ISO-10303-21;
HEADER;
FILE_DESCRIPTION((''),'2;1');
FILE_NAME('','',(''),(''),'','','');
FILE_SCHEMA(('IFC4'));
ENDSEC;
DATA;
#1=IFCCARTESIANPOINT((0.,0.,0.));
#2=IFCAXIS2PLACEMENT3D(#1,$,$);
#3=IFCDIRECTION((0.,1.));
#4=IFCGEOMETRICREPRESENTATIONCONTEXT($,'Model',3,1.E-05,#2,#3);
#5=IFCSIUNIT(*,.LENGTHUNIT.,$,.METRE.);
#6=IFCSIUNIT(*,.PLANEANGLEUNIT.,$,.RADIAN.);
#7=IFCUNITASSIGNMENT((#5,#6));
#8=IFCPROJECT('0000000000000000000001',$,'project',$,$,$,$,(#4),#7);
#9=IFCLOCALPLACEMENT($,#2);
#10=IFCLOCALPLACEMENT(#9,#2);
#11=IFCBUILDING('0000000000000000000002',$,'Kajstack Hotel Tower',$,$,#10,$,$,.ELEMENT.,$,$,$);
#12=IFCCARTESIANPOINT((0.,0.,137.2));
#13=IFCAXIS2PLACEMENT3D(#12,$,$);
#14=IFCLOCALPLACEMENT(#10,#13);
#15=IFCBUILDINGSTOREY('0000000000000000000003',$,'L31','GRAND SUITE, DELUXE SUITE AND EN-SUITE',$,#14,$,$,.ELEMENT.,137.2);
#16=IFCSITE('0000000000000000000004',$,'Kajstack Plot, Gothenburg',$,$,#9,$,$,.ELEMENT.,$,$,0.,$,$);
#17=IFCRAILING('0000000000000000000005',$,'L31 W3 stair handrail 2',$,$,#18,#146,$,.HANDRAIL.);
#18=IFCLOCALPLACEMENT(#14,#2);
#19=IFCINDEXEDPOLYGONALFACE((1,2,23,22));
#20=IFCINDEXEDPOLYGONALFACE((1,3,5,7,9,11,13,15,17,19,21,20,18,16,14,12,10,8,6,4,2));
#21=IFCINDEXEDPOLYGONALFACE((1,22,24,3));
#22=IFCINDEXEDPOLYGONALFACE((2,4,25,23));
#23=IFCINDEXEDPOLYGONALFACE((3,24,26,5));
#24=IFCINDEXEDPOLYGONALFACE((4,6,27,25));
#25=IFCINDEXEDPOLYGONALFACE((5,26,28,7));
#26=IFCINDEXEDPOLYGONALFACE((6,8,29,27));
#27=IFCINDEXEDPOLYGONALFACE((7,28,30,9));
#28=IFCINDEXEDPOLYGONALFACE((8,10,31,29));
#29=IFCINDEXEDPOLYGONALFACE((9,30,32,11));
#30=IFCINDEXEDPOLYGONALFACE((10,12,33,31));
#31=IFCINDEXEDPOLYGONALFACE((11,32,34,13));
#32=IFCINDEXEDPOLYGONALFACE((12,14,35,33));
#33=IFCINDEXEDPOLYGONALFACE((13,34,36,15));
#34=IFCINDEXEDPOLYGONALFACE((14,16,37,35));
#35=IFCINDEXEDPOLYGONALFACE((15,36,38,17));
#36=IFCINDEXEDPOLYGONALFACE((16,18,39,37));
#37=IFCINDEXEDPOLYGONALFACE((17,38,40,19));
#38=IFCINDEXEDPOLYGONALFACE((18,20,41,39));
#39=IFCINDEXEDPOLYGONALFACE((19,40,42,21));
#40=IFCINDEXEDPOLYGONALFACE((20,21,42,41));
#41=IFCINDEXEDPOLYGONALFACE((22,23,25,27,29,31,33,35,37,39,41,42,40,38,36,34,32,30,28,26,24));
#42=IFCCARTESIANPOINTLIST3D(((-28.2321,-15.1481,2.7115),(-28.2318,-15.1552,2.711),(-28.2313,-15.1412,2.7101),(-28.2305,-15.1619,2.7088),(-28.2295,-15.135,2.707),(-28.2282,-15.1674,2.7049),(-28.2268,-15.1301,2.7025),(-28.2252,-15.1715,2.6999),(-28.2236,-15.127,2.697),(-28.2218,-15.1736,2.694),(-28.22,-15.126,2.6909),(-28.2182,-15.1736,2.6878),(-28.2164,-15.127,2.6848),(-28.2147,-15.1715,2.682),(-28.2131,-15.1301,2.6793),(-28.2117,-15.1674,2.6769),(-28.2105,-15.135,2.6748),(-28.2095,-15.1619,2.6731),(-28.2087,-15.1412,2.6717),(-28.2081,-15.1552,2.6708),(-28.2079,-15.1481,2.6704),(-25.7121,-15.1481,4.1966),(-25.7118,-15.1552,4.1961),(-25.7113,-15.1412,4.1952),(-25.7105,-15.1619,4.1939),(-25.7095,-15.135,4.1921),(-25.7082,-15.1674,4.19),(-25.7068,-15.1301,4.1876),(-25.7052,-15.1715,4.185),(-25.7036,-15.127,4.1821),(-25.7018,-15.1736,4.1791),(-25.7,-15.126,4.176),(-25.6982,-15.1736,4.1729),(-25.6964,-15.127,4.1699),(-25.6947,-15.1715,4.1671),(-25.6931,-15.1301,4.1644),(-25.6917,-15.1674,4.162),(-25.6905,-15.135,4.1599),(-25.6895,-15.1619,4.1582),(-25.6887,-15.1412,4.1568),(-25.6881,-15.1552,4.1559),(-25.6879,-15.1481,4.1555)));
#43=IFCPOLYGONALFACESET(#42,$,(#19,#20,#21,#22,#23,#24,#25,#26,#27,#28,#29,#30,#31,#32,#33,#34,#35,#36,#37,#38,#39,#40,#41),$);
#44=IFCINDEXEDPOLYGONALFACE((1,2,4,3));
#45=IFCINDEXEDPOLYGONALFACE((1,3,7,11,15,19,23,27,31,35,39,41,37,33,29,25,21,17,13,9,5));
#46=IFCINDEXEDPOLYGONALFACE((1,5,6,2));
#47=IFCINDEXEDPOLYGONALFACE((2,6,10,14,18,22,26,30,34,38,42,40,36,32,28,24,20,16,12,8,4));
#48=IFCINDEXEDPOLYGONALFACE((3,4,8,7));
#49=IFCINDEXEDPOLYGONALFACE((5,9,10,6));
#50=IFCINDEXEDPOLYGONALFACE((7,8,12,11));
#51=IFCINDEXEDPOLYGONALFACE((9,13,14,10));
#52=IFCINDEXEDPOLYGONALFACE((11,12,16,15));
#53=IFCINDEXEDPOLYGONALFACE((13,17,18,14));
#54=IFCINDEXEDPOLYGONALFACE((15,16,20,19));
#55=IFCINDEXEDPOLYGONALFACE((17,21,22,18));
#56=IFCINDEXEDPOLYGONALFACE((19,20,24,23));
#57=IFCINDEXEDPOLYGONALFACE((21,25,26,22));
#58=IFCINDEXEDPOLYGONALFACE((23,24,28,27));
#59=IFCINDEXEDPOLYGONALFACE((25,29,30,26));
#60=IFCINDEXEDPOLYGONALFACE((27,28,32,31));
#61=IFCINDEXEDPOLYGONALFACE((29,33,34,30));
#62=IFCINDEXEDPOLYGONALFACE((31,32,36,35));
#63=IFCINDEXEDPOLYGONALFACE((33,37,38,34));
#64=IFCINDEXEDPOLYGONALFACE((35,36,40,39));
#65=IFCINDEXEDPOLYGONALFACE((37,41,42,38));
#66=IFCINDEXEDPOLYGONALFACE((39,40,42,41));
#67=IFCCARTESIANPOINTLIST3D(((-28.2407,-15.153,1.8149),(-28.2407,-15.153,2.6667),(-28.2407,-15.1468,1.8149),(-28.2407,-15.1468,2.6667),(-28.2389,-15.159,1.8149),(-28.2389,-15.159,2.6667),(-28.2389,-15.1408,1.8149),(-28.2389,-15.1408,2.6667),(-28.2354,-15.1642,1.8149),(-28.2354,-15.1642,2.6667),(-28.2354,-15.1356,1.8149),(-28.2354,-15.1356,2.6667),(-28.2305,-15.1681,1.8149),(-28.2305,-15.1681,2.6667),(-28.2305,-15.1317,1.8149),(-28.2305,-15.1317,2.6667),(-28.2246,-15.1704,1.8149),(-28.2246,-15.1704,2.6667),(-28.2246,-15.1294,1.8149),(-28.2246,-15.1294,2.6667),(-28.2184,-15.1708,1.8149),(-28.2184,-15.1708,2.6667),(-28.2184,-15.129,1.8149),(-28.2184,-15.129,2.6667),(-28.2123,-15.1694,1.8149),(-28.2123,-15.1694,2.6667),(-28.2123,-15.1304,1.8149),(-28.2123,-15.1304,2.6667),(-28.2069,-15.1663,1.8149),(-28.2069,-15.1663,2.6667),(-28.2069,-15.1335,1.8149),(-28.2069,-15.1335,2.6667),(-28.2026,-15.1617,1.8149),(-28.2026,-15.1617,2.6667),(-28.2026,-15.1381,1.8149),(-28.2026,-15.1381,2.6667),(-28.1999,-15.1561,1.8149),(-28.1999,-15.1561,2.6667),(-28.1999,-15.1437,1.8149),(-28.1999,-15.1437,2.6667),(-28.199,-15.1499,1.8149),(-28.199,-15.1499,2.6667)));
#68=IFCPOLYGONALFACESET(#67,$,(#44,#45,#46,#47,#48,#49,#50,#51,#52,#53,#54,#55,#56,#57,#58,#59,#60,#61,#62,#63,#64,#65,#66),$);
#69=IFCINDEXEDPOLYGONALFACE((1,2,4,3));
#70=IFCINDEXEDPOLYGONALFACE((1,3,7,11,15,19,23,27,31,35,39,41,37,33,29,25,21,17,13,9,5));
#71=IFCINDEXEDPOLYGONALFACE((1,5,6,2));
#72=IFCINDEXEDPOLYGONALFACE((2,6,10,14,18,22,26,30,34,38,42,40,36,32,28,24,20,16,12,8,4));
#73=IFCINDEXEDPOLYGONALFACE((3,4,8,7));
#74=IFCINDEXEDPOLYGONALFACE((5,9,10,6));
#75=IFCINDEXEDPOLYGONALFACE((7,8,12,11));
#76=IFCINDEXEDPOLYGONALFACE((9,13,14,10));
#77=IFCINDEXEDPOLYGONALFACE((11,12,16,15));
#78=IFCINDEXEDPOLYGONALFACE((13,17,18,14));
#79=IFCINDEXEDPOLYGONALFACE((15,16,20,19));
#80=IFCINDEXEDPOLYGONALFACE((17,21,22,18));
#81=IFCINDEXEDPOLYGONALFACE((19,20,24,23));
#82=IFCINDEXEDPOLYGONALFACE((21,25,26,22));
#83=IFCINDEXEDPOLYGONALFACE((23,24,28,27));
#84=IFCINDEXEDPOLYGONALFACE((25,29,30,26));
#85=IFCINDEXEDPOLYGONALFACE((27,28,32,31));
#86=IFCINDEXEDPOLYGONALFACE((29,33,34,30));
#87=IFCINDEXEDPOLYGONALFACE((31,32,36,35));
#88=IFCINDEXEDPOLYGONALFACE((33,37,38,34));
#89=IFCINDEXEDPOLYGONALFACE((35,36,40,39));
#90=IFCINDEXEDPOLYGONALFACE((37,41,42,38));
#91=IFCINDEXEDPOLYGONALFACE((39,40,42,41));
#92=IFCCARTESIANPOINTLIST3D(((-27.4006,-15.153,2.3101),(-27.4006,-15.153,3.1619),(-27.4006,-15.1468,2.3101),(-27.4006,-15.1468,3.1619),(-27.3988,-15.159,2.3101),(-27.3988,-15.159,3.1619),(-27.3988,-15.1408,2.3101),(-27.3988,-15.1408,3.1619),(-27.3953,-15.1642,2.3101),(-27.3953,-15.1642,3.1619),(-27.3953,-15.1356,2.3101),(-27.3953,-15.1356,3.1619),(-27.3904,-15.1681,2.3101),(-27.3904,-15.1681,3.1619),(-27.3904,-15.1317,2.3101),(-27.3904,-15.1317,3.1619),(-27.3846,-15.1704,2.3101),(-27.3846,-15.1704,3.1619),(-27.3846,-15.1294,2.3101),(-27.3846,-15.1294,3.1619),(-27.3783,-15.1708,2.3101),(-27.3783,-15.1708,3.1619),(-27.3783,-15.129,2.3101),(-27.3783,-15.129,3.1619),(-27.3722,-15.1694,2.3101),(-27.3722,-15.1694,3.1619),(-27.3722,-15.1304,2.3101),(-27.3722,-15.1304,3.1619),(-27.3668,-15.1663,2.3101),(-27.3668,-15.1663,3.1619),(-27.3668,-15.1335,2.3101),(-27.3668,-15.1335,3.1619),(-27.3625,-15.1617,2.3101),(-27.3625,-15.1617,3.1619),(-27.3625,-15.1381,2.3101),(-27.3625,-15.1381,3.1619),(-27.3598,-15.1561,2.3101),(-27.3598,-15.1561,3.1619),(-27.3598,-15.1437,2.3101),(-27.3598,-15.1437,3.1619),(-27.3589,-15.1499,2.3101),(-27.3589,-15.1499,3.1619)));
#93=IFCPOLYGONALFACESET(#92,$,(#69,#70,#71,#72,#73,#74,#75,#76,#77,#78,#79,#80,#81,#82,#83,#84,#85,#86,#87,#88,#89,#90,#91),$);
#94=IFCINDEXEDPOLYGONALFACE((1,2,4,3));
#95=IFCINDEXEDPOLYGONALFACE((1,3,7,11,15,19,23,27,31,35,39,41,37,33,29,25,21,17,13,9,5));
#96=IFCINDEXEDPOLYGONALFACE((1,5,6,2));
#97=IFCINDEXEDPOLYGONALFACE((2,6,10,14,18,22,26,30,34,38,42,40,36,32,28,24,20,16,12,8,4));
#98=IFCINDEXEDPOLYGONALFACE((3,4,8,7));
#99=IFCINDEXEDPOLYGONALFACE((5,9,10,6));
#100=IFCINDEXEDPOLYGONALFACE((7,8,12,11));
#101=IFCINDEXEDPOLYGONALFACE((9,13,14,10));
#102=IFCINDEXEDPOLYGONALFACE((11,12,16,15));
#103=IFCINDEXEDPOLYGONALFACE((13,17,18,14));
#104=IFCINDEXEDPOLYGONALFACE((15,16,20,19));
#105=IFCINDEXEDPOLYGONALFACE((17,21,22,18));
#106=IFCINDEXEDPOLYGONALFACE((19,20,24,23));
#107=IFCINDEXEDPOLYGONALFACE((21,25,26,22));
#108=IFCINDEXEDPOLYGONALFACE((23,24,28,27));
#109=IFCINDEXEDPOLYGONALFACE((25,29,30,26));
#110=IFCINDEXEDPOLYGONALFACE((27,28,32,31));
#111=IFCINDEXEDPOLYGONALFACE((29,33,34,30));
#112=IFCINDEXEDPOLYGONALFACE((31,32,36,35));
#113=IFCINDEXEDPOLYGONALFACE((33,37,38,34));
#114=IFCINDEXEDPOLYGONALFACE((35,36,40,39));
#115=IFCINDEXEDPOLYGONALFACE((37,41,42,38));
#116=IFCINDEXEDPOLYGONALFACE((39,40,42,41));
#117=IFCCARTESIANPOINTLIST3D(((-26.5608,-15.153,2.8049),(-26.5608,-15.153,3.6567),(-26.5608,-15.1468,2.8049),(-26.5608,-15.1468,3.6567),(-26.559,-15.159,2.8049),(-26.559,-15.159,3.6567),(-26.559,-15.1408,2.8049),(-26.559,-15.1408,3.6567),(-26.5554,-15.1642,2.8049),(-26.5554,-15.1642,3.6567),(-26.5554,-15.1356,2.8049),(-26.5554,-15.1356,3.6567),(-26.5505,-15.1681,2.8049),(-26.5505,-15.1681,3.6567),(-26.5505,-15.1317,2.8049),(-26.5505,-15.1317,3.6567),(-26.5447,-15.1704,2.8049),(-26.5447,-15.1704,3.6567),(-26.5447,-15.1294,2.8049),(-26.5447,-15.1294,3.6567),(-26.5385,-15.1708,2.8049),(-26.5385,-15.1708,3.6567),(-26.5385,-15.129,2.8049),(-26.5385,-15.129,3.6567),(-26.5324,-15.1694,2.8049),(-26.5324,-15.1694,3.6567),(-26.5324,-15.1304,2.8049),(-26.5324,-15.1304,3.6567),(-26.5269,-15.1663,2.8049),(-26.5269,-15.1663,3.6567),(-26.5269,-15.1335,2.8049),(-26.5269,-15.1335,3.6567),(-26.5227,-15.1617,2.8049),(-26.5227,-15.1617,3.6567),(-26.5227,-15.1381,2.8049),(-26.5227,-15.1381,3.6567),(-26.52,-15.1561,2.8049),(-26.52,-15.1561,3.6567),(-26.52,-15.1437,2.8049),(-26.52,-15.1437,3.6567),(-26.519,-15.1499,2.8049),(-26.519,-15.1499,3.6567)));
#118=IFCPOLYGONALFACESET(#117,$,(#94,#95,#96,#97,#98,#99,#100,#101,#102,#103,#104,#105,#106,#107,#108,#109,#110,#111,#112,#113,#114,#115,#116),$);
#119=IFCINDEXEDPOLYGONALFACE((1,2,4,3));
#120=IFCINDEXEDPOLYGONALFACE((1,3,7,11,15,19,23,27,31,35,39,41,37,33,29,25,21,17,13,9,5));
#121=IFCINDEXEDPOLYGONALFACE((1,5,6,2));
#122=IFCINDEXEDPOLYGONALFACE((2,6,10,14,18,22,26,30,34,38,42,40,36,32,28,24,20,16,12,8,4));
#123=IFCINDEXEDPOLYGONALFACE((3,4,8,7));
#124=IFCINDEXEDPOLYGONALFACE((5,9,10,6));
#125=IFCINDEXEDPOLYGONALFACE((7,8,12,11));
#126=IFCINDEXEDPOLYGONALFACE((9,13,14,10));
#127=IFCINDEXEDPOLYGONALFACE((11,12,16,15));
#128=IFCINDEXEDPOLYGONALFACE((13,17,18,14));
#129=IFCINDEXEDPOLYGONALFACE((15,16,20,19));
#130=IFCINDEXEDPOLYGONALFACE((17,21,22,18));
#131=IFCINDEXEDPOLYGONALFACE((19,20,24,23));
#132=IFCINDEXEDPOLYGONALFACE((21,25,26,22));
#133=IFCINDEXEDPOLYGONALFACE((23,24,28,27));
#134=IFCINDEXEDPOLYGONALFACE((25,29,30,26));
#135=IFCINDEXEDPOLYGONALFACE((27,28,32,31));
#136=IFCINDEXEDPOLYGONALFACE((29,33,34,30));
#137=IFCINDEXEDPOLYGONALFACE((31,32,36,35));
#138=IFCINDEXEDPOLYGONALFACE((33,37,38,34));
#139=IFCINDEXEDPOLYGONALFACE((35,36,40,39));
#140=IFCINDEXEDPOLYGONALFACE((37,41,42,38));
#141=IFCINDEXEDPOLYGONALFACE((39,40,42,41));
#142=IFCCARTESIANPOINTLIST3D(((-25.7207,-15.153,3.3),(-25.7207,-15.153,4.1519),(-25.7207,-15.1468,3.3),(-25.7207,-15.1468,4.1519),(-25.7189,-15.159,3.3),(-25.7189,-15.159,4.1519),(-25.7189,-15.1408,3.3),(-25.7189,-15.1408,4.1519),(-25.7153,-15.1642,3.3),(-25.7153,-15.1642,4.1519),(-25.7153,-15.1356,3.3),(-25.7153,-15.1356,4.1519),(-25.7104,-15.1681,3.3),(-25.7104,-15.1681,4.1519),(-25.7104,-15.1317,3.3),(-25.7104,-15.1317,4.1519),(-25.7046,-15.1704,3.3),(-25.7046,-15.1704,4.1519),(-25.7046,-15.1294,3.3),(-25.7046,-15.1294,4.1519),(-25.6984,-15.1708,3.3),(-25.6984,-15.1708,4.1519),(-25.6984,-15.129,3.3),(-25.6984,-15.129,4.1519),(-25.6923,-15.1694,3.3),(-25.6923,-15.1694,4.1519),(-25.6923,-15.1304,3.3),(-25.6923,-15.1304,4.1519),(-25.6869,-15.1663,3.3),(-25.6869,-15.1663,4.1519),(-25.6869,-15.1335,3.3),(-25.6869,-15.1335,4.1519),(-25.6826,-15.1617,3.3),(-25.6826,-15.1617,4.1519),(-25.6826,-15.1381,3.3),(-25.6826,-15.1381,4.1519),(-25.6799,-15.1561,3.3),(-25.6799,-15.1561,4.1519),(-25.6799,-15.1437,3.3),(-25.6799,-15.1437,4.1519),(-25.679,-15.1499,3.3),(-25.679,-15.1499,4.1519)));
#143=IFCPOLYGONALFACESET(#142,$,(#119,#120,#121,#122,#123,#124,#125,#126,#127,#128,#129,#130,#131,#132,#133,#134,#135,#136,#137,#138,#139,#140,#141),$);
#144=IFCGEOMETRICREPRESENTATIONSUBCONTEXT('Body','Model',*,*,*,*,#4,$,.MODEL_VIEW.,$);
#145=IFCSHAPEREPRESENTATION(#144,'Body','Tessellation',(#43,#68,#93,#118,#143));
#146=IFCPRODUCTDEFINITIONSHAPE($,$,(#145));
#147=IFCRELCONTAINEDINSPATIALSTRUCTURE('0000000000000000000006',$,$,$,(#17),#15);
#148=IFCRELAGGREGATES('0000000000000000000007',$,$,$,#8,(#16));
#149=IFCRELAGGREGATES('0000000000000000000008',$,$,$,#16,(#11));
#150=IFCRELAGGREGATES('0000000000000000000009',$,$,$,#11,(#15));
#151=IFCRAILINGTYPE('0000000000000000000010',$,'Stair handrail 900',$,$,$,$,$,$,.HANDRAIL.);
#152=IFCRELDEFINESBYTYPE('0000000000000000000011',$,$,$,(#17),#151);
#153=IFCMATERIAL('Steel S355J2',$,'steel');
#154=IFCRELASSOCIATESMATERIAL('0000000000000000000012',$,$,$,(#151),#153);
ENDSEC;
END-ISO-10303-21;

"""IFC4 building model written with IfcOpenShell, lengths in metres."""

from ifc_helpers import new_model, si_unit, direction, frame, origin, origin_2d, place, context, subcontext, project, spatial, circle, extrude, material, type_object, element, save


model = new_model("IFC4")

# Units and contexts
model_context = context("Model", 3, precision=1e-05, world=origin(), true_north=direction((0.0, 1.0)))
body_context = subcontext(model_context, "Body", "Model", "MODEL_VIEW")
ifc_project = project(units=[si_unit("LENGTHUNIT", "METRE"), si_unit("PLANEANGLEUNIT", "RADIAN")], contexts=[model_context])

# Site, building, storey
site_placement = place(None, origin())
site = spatial("IfcSite", under=ifc_project, at=site_placement, Name="Kajstack Plot, Gothenburg", CompositionType="ELEMENT", RefElevation=0.0)
building_placement = place(site_placement, origin())
building = spatial("IfcBuilding", under=site, at=building_placement, Name="Kajstack Hotel Tower", CompositionType="ELEMENT")
storey_placement = place(building_placement, frame((0.0, 0.0, 137.2)))
storey = spatial("IfcBuildingStorey", under=building, at=storey_placement, Name="L31", Description="GRAND SUITE, DELUXE SUITE AND EN-SUITE", CompositionType="ELEMENT", Elevation=137.2)

# Railing
ifc_material_1 = material(Name="Steel S355J2", Category="steel")
railing_type_1 = type_object("IfcRailingType", Name="Stair handrail 900", PredefinedType="HANDRAIL", material=ifc_material_1)
railing_1_placement = place(storey_placement, frame((-28.22, -15.1499, 1.8149)))
element("IfcRailing", 1, at=railing_1_placement, inside=storey, type_object=railing_type_1, Name="L31 W3 stair handrail 2", PredefinedType="HANDRAIL", context=body_context, shape_type="SweptSolid", body=[
    extrude(circle(Radius=0.0239, at=origin_2d()), frame((0.0, 0.0, 0.876), z_axis=(0.861524, 0.0, 0.507717), x_axis=(0.0, 1.0, 0.0)), (0.0, 0.0, 1.0), 2.925),
    extrude(circle(Radius=0.021, at=origin_2d()), origin(), (0.0, 0.0, 1.0), 0.8518),
    extrude(circle(Radius=0.021, at=origin_2d()), frame((0.8401, 0.0, 0.4951)), (0.0, 0.0, 1.0), 0.8518),
    extrude(circle(Radius=0.021, at=origin_2d()), frame((1.6799, 0.0, 0.99)), (0.0, 0.0, 1.0), 0.8518),
    extrude(circle(Radius=0.021, at=origin_2d()), frame((2.52, 0.0, 1.4851)), (0.0, 0.0, 1.0), 0.8518),
])

save(model, "model.ifc")
